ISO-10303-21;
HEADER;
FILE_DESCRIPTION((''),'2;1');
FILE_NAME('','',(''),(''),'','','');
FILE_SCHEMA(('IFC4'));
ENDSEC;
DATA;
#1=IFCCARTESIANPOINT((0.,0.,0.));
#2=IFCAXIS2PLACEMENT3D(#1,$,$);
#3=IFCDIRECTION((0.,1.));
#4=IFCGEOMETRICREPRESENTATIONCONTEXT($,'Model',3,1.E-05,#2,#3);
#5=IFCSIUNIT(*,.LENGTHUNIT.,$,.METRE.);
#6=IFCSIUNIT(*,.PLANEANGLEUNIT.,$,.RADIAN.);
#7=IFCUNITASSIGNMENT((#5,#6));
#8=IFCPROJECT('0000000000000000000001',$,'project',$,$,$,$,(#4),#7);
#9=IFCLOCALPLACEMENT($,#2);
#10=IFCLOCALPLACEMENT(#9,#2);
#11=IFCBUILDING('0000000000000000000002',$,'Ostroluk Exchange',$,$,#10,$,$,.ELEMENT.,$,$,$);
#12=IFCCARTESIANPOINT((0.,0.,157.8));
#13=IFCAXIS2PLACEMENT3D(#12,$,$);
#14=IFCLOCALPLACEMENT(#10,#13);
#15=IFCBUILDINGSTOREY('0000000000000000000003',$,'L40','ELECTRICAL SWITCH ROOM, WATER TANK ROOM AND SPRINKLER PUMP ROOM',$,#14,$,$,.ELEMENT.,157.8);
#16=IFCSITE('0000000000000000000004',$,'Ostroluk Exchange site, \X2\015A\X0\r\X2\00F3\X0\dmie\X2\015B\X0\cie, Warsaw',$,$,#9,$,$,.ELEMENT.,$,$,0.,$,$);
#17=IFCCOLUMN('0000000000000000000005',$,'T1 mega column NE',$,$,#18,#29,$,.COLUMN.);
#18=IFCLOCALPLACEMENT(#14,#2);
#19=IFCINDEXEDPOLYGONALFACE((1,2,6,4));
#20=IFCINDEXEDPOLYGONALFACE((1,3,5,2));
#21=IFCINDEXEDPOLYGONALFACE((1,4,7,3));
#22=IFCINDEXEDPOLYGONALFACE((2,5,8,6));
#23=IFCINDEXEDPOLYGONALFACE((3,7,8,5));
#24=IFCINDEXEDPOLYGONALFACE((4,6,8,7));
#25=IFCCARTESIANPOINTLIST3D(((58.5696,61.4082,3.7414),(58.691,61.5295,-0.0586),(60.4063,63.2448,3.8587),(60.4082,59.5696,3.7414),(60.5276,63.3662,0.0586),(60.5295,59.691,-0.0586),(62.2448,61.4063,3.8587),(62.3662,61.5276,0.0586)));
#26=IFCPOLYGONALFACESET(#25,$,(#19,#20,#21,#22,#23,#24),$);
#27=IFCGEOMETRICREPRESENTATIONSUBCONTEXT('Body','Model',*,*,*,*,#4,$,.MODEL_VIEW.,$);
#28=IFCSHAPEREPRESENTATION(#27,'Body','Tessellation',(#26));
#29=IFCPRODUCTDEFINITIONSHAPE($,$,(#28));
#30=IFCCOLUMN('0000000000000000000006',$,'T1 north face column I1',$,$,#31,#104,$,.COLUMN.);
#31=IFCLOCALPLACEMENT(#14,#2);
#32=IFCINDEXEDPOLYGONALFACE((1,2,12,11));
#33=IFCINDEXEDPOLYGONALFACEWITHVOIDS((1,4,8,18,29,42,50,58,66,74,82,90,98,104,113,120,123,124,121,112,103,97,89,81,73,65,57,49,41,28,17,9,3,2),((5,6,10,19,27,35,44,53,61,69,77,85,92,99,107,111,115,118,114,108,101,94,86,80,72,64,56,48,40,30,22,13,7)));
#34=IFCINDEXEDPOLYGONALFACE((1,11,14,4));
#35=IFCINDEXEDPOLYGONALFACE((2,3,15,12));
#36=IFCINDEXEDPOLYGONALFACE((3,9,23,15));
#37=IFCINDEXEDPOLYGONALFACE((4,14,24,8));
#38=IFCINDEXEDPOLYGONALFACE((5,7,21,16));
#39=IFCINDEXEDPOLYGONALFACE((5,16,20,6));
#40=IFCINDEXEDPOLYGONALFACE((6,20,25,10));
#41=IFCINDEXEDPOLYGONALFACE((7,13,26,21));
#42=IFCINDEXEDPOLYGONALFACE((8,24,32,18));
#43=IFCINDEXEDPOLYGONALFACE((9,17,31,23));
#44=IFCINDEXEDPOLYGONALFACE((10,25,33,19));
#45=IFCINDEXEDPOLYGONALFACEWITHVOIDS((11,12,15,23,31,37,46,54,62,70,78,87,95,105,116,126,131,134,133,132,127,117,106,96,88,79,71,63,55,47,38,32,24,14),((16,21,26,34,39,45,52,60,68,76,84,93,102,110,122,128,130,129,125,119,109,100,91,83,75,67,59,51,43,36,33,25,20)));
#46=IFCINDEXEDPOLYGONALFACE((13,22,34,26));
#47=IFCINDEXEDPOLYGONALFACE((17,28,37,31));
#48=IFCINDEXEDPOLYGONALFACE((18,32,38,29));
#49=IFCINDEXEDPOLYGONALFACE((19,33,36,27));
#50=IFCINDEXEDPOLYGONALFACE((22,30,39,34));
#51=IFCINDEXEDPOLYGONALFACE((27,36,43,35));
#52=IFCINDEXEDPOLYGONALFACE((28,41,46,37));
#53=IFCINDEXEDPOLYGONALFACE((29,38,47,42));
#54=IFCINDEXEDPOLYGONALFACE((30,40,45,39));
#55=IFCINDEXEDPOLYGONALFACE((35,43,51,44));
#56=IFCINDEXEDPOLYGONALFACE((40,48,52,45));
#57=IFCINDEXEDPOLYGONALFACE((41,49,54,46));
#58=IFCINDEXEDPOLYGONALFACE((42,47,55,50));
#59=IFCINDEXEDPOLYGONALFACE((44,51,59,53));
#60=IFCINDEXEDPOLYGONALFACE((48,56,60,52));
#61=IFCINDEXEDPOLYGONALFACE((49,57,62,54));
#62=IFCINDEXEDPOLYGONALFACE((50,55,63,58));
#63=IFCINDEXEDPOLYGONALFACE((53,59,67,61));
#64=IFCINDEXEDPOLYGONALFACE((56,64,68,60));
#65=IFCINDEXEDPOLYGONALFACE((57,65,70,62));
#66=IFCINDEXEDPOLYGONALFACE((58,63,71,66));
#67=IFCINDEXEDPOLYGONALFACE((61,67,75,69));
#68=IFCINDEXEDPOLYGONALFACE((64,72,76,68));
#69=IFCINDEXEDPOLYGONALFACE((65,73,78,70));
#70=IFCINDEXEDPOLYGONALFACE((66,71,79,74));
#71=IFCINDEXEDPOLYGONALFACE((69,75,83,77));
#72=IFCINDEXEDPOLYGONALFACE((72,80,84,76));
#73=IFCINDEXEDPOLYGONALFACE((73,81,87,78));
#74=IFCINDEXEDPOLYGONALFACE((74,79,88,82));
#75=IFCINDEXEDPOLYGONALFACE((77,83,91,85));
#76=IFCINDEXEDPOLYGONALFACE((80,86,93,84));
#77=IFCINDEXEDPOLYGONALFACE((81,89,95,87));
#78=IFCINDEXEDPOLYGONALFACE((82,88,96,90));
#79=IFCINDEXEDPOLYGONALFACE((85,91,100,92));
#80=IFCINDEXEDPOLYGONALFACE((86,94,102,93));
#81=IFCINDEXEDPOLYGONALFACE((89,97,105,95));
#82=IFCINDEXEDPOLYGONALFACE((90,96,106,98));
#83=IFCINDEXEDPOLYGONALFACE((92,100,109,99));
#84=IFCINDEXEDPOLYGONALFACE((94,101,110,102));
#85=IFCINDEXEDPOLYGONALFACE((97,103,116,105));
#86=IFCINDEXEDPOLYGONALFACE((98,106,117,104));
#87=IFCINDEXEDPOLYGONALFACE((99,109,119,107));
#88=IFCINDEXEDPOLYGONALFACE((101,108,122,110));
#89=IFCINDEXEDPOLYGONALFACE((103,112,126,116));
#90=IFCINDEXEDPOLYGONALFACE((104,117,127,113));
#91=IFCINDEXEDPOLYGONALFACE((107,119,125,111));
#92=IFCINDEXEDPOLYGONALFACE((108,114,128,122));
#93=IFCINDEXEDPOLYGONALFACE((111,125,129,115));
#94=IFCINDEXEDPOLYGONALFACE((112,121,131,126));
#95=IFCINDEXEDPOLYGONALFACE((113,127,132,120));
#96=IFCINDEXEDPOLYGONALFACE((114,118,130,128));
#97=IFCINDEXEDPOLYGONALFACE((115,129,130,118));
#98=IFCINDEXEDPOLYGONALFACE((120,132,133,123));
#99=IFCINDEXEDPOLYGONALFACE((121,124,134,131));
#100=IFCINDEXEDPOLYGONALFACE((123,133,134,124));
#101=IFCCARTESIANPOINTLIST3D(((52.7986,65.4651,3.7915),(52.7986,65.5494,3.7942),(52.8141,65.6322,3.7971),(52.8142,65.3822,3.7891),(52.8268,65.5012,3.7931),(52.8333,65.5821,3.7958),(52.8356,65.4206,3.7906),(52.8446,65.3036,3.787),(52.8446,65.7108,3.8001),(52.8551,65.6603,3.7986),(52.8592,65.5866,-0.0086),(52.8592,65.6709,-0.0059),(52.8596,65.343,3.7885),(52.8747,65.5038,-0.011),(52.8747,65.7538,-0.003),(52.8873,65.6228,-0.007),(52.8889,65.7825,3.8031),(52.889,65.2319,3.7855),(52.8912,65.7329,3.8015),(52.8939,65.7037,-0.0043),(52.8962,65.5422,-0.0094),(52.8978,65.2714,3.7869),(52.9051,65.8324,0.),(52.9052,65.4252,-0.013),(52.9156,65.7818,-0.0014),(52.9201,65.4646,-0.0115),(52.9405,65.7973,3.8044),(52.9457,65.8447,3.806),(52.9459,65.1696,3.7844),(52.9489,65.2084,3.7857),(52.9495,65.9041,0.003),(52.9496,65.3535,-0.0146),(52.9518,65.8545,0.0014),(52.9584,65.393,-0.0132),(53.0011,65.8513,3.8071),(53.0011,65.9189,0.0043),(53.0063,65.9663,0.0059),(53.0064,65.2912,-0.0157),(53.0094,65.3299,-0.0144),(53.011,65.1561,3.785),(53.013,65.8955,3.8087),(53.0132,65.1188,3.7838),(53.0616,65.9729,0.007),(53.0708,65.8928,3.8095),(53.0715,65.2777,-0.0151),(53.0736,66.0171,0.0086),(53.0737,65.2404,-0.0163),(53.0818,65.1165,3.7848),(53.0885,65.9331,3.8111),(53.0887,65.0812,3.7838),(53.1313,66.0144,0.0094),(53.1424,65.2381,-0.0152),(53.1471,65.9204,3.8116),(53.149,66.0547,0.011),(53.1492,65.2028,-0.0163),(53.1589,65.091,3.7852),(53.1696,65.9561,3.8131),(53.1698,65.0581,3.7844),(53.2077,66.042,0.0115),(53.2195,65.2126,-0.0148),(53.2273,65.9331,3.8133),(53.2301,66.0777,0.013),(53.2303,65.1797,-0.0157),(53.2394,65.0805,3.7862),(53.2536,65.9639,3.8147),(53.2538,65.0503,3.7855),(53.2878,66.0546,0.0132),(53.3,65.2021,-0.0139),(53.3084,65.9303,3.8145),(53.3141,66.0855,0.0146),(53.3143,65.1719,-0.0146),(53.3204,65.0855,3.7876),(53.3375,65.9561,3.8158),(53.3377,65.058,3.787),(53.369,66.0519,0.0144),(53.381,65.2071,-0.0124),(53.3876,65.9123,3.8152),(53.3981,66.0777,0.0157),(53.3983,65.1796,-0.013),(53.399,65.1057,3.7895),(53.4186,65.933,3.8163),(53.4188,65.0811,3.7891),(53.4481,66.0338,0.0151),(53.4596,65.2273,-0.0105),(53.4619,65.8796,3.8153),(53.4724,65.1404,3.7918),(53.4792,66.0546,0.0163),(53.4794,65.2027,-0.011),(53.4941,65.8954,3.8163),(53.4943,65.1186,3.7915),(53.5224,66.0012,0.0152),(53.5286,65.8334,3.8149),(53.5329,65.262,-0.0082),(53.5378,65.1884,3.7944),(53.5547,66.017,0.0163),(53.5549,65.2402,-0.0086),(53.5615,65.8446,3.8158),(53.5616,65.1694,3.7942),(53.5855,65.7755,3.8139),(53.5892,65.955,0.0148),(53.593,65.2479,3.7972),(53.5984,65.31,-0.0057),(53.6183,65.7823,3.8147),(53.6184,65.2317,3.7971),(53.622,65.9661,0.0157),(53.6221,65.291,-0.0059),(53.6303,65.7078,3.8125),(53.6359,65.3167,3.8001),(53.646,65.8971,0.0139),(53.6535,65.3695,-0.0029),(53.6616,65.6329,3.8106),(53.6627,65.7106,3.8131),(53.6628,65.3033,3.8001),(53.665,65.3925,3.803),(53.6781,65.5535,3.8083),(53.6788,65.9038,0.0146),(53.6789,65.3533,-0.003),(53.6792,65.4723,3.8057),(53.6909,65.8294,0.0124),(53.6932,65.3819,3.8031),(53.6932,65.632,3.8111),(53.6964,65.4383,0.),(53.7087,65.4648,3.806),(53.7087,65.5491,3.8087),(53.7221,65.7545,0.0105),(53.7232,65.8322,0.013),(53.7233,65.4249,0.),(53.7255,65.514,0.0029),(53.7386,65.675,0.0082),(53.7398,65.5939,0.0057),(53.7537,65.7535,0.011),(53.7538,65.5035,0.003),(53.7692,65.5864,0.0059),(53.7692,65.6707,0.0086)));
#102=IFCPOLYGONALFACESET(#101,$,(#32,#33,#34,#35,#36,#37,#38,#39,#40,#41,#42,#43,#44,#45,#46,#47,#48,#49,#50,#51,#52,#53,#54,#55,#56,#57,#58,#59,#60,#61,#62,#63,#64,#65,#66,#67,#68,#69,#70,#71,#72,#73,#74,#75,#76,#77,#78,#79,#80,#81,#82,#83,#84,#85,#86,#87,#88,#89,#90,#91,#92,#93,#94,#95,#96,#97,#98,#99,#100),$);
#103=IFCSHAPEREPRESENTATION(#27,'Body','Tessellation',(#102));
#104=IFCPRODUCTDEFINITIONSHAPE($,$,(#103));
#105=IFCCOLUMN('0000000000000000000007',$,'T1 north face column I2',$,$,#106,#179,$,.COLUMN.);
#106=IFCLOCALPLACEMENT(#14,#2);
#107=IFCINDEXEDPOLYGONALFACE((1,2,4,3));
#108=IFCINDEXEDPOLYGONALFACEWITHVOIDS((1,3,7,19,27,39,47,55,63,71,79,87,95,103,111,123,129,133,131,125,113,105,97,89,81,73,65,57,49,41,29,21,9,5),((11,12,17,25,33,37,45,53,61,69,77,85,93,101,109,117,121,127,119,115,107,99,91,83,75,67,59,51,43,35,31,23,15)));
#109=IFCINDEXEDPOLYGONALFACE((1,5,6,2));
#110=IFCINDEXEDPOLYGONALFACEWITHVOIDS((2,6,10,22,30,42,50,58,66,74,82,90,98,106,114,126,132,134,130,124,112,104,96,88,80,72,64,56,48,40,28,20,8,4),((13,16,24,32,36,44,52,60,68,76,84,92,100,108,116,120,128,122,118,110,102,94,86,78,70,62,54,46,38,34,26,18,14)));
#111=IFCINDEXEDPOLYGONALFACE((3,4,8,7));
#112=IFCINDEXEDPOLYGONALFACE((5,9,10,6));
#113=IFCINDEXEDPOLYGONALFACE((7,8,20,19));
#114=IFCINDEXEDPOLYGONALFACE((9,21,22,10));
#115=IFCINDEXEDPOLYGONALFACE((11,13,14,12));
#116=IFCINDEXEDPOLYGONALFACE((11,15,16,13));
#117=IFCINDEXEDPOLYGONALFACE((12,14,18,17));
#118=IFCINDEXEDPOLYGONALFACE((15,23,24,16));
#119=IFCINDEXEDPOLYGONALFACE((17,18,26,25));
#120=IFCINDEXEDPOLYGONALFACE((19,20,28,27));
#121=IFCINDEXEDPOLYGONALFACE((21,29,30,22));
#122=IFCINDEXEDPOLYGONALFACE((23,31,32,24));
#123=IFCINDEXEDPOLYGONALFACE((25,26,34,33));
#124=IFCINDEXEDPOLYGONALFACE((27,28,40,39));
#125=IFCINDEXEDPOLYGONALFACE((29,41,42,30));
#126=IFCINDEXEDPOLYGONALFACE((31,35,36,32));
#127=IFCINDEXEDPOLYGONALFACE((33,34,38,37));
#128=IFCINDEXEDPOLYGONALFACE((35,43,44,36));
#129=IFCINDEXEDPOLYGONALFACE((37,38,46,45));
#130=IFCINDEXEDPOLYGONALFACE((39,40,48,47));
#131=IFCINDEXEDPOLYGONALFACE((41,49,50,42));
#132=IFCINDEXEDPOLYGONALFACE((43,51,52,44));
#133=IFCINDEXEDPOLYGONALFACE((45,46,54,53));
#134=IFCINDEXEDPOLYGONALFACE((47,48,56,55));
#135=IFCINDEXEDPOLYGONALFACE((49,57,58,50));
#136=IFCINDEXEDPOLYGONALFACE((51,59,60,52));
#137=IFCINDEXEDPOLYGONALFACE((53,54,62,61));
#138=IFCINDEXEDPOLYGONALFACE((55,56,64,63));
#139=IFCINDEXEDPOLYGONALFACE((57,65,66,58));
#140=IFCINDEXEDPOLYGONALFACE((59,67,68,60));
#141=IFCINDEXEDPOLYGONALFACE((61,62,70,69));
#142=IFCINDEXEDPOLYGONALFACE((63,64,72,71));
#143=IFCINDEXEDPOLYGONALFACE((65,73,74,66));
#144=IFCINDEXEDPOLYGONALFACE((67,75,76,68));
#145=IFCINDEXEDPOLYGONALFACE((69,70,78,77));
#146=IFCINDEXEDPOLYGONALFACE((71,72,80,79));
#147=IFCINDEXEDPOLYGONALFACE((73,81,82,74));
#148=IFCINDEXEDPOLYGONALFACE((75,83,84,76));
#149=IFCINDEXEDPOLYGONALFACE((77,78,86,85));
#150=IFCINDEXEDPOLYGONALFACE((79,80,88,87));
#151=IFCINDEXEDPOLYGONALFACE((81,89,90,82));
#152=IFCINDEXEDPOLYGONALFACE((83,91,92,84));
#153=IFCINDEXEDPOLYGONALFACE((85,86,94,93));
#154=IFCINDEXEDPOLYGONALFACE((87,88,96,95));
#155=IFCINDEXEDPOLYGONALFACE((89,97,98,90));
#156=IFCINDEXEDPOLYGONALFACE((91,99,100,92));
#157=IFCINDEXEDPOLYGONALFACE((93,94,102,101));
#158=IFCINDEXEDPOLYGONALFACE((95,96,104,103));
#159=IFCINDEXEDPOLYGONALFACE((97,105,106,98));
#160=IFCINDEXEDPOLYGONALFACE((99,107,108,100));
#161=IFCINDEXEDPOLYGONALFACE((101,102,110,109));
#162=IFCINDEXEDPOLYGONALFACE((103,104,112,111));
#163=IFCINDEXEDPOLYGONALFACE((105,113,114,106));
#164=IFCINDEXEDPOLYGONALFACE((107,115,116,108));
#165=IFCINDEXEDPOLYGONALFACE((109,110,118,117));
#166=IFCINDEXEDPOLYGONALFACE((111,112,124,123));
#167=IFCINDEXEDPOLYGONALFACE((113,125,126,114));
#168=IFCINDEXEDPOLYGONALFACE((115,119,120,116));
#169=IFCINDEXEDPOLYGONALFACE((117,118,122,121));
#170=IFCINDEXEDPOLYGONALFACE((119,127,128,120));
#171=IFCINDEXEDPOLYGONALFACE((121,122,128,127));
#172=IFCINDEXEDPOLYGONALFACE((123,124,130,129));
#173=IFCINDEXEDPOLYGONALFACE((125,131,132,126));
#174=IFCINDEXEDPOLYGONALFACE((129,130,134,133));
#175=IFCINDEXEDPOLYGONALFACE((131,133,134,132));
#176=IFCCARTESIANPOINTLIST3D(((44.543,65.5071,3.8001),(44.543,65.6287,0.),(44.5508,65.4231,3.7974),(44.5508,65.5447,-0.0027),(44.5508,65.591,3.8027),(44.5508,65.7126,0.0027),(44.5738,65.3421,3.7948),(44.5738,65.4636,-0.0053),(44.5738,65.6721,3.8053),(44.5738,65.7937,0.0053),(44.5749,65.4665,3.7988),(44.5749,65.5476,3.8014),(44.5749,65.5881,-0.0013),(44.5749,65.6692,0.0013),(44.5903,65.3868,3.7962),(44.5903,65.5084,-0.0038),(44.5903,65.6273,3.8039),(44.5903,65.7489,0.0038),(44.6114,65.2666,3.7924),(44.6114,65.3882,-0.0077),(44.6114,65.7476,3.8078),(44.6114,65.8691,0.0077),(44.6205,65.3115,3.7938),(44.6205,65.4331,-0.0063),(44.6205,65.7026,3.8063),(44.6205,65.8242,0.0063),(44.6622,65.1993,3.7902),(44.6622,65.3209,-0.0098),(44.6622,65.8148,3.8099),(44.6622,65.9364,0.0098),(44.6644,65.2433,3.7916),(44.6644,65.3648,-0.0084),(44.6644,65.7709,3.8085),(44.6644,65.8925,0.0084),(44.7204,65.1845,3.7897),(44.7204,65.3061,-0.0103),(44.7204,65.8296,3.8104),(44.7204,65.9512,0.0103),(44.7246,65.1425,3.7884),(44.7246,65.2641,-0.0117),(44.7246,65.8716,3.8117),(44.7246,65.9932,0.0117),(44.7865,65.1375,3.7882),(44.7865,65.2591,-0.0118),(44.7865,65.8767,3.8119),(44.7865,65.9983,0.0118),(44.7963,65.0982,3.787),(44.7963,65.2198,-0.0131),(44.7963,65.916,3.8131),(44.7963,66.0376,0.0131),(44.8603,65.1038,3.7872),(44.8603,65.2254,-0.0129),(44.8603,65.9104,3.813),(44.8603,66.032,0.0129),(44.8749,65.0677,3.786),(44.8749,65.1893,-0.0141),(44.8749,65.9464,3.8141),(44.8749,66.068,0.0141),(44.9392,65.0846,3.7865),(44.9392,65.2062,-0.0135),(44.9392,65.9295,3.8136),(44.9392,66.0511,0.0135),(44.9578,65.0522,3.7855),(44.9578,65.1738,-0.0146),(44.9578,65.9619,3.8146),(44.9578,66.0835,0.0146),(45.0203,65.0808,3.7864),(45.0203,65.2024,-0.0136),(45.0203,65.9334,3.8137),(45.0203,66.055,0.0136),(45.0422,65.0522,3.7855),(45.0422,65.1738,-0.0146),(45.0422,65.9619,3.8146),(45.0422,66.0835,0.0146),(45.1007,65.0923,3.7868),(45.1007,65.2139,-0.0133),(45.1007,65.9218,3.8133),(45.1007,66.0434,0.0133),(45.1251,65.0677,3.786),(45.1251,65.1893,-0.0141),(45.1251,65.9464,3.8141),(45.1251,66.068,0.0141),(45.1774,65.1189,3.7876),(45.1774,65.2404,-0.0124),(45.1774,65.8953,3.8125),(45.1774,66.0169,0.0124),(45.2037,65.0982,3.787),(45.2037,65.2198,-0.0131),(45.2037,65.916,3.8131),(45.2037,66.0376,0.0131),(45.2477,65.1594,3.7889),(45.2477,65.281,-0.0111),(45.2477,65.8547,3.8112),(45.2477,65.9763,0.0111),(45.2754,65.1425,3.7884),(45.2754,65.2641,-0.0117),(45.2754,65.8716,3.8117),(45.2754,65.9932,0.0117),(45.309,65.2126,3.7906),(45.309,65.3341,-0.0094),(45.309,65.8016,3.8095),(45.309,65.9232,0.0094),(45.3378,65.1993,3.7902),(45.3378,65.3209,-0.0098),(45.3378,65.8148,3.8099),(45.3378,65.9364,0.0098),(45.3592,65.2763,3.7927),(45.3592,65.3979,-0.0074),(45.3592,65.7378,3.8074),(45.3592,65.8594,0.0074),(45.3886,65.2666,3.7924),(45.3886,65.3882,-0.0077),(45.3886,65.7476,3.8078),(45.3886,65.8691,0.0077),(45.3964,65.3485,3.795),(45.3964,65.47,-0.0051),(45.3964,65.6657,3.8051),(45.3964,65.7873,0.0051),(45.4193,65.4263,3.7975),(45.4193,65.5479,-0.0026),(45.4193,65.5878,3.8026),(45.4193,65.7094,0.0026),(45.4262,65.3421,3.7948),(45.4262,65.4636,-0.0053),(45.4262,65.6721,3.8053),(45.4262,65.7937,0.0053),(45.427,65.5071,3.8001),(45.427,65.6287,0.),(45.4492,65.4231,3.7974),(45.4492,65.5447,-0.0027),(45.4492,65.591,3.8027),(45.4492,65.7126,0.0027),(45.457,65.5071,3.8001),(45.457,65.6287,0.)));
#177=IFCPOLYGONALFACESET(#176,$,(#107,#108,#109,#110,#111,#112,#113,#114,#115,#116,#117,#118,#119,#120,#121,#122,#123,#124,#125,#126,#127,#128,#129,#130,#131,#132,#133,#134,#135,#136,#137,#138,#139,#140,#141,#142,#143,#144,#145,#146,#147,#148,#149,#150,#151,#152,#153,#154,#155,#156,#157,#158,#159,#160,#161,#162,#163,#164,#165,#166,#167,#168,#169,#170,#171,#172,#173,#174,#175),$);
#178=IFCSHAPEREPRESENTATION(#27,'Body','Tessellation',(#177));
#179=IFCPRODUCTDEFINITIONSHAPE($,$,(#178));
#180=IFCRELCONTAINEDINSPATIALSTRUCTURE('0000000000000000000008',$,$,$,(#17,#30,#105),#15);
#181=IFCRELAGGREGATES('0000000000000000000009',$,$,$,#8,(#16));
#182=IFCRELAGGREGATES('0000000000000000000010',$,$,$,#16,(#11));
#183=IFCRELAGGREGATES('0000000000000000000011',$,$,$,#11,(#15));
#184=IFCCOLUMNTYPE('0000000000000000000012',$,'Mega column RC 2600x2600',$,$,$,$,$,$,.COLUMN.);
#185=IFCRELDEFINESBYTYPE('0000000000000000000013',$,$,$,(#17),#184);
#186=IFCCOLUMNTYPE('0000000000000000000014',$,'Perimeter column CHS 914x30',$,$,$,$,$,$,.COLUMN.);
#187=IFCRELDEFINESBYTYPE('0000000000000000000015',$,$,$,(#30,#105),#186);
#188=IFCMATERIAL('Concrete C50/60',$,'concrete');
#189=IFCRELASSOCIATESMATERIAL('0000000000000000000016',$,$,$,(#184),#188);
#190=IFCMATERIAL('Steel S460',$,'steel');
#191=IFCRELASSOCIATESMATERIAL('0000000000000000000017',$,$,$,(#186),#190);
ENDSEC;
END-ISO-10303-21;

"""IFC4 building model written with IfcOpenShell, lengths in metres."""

from ifc_helpers import new_model, si_unit, direction, frame, origin, origin_2d, place, context, subcontext, project, spatial, rectangle, hollow_circle, extrude, material, material_profile, profile_set, type_object, element, save


model = new_model("IFC4")

# Units and contexts
model_context = context("Model", 3, precision=1e-05, world=origin(), true_north=direction((0.0, 1.0)))
body_context = subcontext(model_context, "Body", "Model", "MODEL_VIEW")
ifc_project = project(units=[si_unit("LENGTHUNIT", "METRE"), si_unit("PLANEANGLEUNIT", "RADIAN")], contexts=[model_context])

# Site, building, storey
site_placement = place(None, origin())
site = spatial("IfcSite", under=ifc_project, at=site_placement, Name="Ostroluk Exchange site, Śródmieście, Warsaw", CompositionType="ELEMENT", RefElevation=0.0)
building_placement = place(site_placement, origin())
building = spatial("IfcBuilding", under=site, at=building_placement, Name="Ostroluk Exchange", CompositionType="ELEMENT")
storey_placement = place(building_placement, frame((0.0, 0.0, 157.8)))
storey = spatial("IfcBuildingStorey", under=building, at=storey_placement, Name="L40", Description="ELECTRICAL SWITCH ROOM, WATER TANK ROOM AND SPRINKLER PUMP ROOM", CompositionType="ELEMENT", Elevation=157.8)

# Columns
ifc_material_1 = material(Name="Concrete C50/60", Category="concrete")
ifc_material_profile_1 = material_profile(ifc_material_1, rectangle(XDim=2.6001, YDim=2.6001, at=origin_2d()), Name="RC 2600x2600")
ifc_profile_set_1 = profile_set([ifc_material_profile_1], Name="Concrete C50/60")
column_type_1 = type_object("IfcColumnType", Name="Mega column RC 2600x2600", PredefinedType="COLUMN", material=ifc_profile_set_1)
column_1_placement = place(storey_placement, frame((60.5286, 61.5286, 0.0), z_axis=(-0.031898, -0.031898, 0.998982), x_axis=(0.707107, -0.707107, 0.0)))
element("IfcColumn", 1, at=column_1_placement, inside=storey, type_object=column_type_1, Name="T1 mega column NE", PredefinedType="COLUMN", context=body_context, shape_type="SweptSolid", body=[
    extrude(rectangle(XDim=2.6001, YDim=2.6001, at=origin_2d()), origin(), (0.0, 0.0, 1.0), 3.804),
])
ifc_material_2 = material(Name="Steel S460", Category="steel")
ifc_material_profile_2 = material_profile(ifc_material_2, hollow_circle(Radius=0.457, WallThickness=0.03, at=origin_2d()), Name="CHS 914x30")
ifc_profile_set_2 = profile_set([ifc_material_profile_2], Name="Steel S460")
column_type_2 = type_object("IfcColumnType", Name="Perimeter column CHS 914x30", PredefinedType="COLUMN", material=ifc_profile_set_2)
column_2_placement = place(storey_placement, frame((53.3142, 65.6287, 0.0), z_axis=(-0.015923, -0.031974, 0.999362), x_axis=(0.895145, -0.445775, 0.0)))
element("IfcColumn", 2, at=column_2_placement, inside=storey, type_object=column_type_2, Name="T1 north face column I1", PredefinedType="COLUMN", context=body_context, shape_type="SweptSolid", body=[
    extrude(hollow_circle(Radius=0.457, WallThickness=0.03, at=origin_2d()), origin(), (0.0, 0.0, 1.0), 3.8025),
])
column_3_placement = place(storey_placement, frame((45.0, 65.6287, 0.0), z_axis=(0.0, -0.031978, 0.999489), x_axis=(1.0, 0.0, 0.0)))
element("IfcColumn", 3, at=column_3_placement, inside=storey, type_object=column_type_2, Name="T1 north face column I2", PredefinedType="COLUMN", context=body_context, shape_type="SweptSolid", body=[
    extrude(hollow_circle(Radius=0.457, WallThickness=0.03, at=origin_2d()), origin(), (0.0, 0.0, 1.0), 3.802),
])

save(model, "model.ifc")
